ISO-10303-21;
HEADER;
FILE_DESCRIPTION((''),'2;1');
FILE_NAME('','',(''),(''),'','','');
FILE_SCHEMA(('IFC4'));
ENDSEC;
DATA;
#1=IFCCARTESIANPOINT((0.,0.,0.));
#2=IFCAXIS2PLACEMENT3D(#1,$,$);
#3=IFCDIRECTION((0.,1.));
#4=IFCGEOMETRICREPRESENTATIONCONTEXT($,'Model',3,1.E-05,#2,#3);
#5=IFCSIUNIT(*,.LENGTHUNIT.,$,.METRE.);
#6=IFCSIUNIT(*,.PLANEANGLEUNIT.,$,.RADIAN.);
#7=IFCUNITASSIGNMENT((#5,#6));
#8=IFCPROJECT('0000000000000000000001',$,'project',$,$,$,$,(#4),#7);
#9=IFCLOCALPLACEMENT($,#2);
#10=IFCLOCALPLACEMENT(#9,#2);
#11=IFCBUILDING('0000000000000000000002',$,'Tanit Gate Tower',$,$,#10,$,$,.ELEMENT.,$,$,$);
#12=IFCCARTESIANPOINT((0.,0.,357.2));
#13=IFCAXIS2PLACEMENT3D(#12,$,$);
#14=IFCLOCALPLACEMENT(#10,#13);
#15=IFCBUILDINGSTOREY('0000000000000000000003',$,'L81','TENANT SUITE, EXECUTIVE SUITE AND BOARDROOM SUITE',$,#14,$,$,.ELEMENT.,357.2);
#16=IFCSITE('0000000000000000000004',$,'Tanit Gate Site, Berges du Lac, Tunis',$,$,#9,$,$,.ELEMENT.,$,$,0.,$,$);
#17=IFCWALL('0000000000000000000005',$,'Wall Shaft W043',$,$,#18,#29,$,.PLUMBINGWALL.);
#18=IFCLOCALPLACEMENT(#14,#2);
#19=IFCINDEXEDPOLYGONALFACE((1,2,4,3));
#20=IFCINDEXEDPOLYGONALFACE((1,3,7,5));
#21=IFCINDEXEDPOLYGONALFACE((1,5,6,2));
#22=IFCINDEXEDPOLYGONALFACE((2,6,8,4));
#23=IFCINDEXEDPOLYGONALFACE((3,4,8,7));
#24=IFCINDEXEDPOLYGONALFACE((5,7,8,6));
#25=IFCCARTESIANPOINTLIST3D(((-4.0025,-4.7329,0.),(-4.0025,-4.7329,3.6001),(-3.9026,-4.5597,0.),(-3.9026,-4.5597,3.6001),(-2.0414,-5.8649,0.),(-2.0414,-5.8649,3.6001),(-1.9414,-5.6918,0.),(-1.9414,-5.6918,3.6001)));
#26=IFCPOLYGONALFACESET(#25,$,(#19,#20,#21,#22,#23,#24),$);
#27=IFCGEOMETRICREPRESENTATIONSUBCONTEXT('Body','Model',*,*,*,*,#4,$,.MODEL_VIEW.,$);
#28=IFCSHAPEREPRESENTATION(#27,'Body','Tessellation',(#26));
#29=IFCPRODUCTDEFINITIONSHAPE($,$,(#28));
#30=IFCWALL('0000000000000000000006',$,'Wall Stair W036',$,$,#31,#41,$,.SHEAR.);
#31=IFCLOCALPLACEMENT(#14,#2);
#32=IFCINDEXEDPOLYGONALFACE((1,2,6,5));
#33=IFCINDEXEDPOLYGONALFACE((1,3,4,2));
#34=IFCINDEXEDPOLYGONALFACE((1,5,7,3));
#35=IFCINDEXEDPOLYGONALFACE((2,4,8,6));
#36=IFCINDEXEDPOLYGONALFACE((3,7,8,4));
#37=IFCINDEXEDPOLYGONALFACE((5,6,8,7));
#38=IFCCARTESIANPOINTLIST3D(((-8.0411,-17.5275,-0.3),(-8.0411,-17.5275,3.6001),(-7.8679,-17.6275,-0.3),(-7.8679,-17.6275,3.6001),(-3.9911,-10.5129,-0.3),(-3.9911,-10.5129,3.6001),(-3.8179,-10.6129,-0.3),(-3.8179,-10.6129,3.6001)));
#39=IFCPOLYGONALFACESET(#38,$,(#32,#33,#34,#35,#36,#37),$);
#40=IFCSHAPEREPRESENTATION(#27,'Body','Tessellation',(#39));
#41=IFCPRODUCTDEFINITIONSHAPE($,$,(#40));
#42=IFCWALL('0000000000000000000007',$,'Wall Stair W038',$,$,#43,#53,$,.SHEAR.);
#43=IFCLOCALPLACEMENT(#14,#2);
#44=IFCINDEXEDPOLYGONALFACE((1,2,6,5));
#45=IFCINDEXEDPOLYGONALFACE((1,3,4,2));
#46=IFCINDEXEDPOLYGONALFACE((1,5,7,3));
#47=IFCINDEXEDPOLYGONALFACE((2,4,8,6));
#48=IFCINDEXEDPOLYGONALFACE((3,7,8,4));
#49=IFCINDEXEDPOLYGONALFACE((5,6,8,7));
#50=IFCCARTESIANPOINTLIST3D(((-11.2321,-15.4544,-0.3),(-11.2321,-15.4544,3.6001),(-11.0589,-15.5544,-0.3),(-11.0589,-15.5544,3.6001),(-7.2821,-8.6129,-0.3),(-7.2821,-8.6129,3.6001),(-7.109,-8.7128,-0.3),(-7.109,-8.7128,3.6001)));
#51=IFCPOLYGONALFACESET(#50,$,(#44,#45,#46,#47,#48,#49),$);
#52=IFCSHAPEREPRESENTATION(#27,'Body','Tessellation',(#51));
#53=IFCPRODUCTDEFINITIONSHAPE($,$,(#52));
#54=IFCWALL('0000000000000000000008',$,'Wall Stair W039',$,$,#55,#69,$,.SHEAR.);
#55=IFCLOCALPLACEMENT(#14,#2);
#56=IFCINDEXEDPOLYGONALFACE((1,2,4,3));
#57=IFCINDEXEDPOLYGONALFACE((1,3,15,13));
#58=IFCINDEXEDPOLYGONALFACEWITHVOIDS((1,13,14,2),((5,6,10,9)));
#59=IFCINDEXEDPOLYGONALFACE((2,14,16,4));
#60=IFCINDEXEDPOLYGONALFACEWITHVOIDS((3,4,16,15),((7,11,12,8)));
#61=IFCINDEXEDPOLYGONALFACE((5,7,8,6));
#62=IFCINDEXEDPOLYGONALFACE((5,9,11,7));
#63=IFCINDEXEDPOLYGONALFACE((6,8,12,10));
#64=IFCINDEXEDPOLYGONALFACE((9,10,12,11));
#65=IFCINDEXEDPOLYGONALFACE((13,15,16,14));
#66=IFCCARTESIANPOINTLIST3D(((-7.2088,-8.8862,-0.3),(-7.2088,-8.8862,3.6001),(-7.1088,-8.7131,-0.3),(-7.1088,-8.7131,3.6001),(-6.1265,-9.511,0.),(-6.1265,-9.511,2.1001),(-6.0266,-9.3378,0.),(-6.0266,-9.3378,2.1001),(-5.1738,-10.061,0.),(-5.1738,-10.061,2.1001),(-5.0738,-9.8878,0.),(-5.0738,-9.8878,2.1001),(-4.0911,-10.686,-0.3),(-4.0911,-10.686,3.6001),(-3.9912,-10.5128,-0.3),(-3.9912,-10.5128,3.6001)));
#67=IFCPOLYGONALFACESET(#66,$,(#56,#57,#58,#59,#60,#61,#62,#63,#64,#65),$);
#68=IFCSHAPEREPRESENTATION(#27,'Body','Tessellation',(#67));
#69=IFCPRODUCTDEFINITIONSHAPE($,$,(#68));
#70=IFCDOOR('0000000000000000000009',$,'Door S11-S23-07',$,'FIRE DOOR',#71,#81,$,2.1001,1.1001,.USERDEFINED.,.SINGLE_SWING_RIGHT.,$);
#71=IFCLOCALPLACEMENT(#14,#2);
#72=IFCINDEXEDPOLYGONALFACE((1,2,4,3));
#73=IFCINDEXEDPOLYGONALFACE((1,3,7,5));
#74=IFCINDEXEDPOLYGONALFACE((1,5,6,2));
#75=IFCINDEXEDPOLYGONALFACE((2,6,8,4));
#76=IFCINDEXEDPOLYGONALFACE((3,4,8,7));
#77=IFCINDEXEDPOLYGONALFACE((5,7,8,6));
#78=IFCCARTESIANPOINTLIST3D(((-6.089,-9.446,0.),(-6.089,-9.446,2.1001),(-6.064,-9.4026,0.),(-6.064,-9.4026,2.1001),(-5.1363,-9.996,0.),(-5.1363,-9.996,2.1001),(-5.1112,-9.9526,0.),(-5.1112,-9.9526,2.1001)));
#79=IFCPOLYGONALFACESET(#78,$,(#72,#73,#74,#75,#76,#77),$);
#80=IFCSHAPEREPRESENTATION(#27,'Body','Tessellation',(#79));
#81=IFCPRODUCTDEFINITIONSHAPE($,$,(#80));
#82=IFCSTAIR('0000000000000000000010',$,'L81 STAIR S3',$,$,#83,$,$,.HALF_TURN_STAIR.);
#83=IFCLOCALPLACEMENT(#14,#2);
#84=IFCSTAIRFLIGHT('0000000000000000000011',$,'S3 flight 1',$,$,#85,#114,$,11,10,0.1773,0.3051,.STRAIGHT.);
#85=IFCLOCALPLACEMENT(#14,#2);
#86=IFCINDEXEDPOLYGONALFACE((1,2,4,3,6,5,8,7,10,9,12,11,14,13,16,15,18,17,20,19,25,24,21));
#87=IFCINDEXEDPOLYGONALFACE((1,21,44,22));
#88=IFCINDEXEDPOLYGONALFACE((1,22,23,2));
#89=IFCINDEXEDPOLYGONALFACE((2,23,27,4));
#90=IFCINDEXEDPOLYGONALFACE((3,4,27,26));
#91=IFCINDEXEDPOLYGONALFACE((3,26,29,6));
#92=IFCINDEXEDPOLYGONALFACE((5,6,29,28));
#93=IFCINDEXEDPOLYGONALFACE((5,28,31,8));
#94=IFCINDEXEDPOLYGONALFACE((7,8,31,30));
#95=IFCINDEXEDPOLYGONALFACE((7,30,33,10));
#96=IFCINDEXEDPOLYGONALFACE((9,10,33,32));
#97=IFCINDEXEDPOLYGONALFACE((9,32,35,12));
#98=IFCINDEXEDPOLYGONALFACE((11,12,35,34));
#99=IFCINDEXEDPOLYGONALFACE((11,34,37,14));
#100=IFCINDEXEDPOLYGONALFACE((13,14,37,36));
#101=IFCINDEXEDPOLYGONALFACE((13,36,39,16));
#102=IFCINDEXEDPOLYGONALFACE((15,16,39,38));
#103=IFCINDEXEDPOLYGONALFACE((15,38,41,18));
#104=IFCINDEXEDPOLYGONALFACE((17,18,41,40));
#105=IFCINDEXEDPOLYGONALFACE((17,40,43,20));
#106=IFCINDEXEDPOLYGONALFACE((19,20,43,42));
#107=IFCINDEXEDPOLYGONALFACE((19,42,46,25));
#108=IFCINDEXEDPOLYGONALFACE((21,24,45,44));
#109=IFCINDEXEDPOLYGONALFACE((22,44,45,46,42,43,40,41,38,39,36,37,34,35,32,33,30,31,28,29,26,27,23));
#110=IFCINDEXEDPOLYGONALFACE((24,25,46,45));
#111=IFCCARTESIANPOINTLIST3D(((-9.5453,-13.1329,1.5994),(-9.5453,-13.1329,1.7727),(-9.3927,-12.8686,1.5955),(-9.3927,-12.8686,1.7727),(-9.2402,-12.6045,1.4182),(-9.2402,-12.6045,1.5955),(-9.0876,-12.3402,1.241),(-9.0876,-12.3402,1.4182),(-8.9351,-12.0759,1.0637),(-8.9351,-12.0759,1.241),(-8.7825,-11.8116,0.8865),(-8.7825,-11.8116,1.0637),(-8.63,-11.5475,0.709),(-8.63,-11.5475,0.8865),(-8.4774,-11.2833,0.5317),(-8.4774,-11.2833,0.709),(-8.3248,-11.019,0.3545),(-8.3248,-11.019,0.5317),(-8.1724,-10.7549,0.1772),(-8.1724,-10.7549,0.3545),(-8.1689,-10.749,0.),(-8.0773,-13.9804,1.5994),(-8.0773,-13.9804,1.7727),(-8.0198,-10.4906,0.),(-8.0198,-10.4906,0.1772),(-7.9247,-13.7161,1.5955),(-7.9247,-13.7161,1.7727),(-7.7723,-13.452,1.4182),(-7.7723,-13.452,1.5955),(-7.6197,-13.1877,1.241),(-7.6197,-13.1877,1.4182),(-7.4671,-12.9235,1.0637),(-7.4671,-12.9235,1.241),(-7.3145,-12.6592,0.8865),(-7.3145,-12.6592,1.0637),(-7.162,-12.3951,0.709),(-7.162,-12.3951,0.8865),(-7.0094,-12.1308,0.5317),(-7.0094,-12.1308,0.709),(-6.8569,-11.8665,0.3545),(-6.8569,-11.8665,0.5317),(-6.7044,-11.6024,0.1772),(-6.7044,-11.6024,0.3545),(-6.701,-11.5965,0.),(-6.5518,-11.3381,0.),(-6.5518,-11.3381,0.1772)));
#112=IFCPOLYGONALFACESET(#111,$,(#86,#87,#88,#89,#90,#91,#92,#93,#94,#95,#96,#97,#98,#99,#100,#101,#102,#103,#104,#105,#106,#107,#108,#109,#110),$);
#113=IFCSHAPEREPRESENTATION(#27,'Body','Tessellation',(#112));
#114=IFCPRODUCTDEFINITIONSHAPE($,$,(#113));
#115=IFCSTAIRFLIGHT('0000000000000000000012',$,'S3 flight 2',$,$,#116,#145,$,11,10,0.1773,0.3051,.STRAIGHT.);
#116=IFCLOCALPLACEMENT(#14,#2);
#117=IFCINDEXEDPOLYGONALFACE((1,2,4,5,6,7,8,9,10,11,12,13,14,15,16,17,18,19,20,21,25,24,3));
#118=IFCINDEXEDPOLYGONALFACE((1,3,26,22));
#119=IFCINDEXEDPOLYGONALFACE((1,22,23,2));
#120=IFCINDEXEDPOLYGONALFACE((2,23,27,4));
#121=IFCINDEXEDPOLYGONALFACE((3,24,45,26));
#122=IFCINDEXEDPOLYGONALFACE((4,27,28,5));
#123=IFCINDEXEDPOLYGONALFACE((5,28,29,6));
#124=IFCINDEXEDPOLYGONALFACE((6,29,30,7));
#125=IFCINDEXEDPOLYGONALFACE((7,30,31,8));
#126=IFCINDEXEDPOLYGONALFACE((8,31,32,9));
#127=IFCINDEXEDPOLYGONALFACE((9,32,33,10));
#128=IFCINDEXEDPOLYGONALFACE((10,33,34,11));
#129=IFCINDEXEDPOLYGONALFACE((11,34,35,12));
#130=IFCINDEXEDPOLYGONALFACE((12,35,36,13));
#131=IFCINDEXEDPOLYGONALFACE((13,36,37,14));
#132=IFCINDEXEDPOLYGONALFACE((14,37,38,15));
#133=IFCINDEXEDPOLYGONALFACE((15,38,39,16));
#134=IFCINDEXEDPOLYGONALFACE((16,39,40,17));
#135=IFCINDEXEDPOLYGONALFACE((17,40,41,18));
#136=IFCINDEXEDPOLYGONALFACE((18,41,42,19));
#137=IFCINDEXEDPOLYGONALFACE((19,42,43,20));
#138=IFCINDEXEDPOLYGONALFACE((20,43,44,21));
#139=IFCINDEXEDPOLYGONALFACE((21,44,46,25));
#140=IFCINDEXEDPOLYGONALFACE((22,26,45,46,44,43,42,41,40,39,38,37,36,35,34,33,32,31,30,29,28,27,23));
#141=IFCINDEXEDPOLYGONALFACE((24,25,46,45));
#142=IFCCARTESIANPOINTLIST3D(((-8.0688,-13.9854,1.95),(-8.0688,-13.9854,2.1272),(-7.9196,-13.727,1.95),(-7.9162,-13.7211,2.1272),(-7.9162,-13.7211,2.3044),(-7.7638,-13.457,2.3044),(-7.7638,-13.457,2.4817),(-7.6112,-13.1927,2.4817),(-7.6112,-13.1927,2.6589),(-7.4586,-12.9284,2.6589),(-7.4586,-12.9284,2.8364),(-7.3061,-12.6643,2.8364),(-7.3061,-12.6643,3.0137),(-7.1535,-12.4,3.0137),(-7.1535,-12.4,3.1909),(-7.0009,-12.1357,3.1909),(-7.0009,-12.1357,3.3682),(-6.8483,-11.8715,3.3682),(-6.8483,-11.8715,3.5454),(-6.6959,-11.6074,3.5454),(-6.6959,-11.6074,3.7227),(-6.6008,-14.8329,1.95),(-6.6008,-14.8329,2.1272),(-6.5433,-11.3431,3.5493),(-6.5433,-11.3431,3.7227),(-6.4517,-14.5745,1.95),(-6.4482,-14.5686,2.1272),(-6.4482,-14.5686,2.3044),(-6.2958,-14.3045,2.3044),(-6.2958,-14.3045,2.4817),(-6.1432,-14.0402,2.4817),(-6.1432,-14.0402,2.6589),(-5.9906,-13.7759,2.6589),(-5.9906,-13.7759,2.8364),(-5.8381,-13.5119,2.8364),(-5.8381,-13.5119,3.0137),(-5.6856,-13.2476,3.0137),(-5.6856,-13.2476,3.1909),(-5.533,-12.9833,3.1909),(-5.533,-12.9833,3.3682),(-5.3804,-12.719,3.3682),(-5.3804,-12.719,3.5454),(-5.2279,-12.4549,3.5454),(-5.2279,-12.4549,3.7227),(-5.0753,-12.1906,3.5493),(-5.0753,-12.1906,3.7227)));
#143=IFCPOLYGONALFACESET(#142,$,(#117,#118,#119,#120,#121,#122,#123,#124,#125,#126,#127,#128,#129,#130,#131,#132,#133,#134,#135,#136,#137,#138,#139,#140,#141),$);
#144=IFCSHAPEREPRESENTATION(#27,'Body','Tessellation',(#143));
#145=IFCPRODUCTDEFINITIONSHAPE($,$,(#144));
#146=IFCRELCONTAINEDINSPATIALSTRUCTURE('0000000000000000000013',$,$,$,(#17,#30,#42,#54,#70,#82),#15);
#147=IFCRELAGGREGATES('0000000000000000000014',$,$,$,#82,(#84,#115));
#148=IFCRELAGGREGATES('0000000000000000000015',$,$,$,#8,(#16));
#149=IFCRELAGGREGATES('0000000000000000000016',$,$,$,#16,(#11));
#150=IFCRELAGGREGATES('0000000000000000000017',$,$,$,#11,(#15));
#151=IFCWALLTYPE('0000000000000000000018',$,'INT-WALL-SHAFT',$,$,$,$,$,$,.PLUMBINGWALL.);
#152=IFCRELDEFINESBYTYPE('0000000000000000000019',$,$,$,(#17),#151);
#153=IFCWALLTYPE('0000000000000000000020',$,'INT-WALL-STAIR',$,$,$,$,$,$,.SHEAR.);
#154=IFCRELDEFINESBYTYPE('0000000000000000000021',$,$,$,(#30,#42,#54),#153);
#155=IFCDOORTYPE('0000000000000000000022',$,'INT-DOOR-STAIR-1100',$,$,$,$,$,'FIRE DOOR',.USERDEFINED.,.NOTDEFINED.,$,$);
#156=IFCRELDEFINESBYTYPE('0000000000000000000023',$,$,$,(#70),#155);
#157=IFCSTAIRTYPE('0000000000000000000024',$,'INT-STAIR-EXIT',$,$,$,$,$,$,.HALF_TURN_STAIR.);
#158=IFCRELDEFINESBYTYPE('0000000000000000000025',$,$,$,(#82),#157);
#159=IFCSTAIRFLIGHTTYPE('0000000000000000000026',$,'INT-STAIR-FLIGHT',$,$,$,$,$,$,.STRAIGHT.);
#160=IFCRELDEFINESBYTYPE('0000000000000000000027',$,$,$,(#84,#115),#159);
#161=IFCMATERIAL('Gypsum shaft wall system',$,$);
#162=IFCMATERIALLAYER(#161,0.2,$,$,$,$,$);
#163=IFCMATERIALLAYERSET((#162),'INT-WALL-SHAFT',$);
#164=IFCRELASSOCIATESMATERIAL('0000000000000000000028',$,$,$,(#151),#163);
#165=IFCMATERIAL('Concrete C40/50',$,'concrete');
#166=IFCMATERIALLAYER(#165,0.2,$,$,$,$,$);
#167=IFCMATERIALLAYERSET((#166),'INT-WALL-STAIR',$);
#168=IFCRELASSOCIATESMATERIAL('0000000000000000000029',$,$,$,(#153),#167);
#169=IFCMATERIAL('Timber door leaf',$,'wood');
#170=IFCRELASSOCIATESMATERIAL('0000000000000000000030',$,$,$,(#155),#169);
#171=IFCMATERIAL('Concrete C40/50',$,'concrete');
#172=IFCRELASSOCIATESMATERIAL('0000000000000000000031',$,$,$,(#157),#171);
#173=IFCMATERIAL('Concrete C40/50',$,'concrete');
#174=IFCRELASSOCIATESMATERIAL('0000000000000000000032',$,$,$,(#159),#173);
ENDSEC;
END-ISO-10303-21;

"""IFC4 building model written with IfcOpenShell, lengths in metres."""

from ifc_helpers import new_model, si_unit, direction, frame, frame_2d, origin, place, context, subcontext, project, spatial, polyline, rectangle, outline, extrude, material, layer, layer_set, type_object, element, fill, aggregate, save


model = new_model("IFC4")

# Units and contexts
model_context = context("Model", 3, precision=1e-05, world=origin(), true_north=direction((0.0, 1.0)))
body_context = subcontext(model_context, "Body", "Model", "MODEL_VIEW")
ifc_project = project(units=[si_unit("LENGTHUNIT", "METRE"), si_unit("PLANEANGLEUNIT", "RADIAN")], contexts=[model_context])

# Site, building, storey
site_placement = place(None, origin())
site = spatial("IfcSite", under=ifc_project, at=site_placement, Name="Tanit Gate Site, Berges du Lac, Tunis", CompositionType="ELEMENT", RefElevation=0.0)
building_placement = place(site_placement, origin())
building = spatial("IfcBuilding", under=site, at=building_placement, Name="Tanit Gate Tower", CompositionType="ELEMENT")
storey_placement = place(building_placement, frame((0.0, 0.0, 357.2)))
storey = spatial("IfcBuildingStorey", under=building, at=storey_placement, Name="L81", Description="TENANT SUITE, EXECUTIVE SUITE AND BOARDROOM SUITE", CompositionType="ELEMENT", Elevation=357.2)

# Shared definitions
ifc_material_1 = material(Name="Gypsum shaft wall system")
ifc_layer_1 = layer(ifc_material_1, 0.2)
ifc_layer_set_1 = layer_set([ifc_layer_1], Name="INT-WALL-SHAFT")
wall_type_1 = type_object("IfcWallType", Name="INT-WALL-SHAFT", PredefinedType="PLUMBINGWALL", material=ifc_layer_set_1)

# Walls
wall_1_placement = place(storey_placement, frame((-3.9526, -4.6462, 0.0), z_axis=(0.0, 0.0, 1.0), x_axis=(0.866065, -0.499931, 0.0)))
element("IfcWall", 1, at=wall_1_placement, inside=storey, type_object=wall_type_1, Name="Wall Shaft W043", PredefinedType="PLUMBINGWALL", context=body_context, shape_type="SweptSolid", body=[
    extrude(rectangle(XDim=2.2644, YDim=0.2, at=frame_2d((1.1323, 0.0))), origin(), (0.0, 0.0, 1.0), 3.6001),
])
ifc_material_2 = material(Name="Concrete C40/50", Category="concrete")
ifc_layer_2 = layer(ifc_material_2, 0.2)
ifc_layer_set_2 = layer_set([ifc_layer_2], Name="INT-WALL-STAIR")
wall_type_2 = type_object("IfcWallType", Name="INT-WALL-STAIR", PredefinedType="SHEAR", material=ifc_layer_set_2)
wall_2_placement = place(storey_placement, frame((-3.9045, -10.563, -0.3), z_axis=(0.0, 0.0, 1.0), x_axis=(-0.500013, -0.866018, 0.0)))
element("IfcWall", 2, at=wall_2_placement, inside=storey, type_object=wall_type_2, Name="Wall Stair W036", PredefinedType="SHEAR", context=body_context, shape_type="SweptSolid", body=[
    extrude(rectangle(XDim=8.0999, YDim=0.2, at=frame_2d((4.0498, 0.0))), origin(), (0.0, 0.0, 1.0), 3.9001),
])
wall_3_placement = place(storey_placement, frame((-7.1956, -8.6628, -0.3), z_axis=(0.0, 0.0, 1.0), x_axis=(-0.499998, -0.866027, 0.0)))
element("IfcWall", 3, at=wall_3_placement, inside=storey, type_object=wall_type_2, Name="Wall Stair W038", PredefinedType="SHEAR", context=body_context, shape_type="SweptSolid", body=[
    extrude(rectangle(XDim=7.8999, YDim=0.2, at=frame_2d((3.95, 0.0))), origin(), (0.0, 0.0, 1.0), 3.9001),
])

# Wall, opening, door
wall_4_placement = place(storey_placement, frame((-4.0413, -10.5994, -0.3), z_axis=(0.0, 0.0, 1.0), x_axis=(-0.866048, 0.499961, 0.0)))
wall_4 = element("IfcWall", 4, at=wall_4_placement, inside=storey, type_object=wall_type_2, Name="Wall Stair W039", PredefinedType="SHEAR", context=body_context, shape_type="SweptSolid", body=[
    extrude(rectangle(XDim=3.5999, YDim=0.2, at=frame_2d((1.7998, 0.0))), origin(), (0.0, 0.0, 1.0), 3.9001),
])
opening_1_placement = place(wall_4_placement, frame((1.25, 0.0, 0.3)))
opening_1 = element("IfcOpeningElement", 5, at=opening_1_placement, cuts=wall_4, PredefinedType="OPENING", context=body_context, shape_type="SweptSolid", body=[
    extrude(rectangle(XDim=1.1001, YDim=2.1001, at=frame_2d((0.55, 1.05))), frame((0.0, 0.1099, 0.0), z_axis=(0.0, -1.0, 0.0), x_axis=(1.0, 0.0, 0.0)), (0.0, 0.0, 1.0), 0.22),
])
ifc_material_3 = material(Name="Timber door leaf", Category="wood")
door_type_1 = type_object("IfcDoorType", Name="INT-DOOR-STAIR-1100", ElementType="FIRE DOOR", OperationType="NOTDEFINED", PredefinedType="USERDEFINED", material=ifc_material_3)
door_1_placement = place(opening_1_placement, origin())
door_1 = element("IfcDoor", 6, at=door_1_placement, inside=storey, type_object=door_type_1, Name="Door S11-S23-07", ObjectType="FIRE DOOR", OperationType="SINGLE_SWING_RIGHT", OverallHeight=2.1001, OverallWidth=1.1001, PredefinedType="USERDEFINED", context=body_context, shape_type="SweptSolid", body=[
    extrude(rectangle(XDim=1.1001, YDim=2.1001, at=frame_2d((0.55, 1.05))), frame((0.0, 0.0249, 0.0), z_axis=(0.0, -1.0, 0.0), x_axis=(1.0, 0.0, 0.0)), (0.0, 0.0, 1.0), 0.05),
])
fill(opening_1, door_1)

# Stair, stair flights
ifc_material_4 = material(Name="Concrete C40/50", Category="concrete")
stair_type = type_object("IfcStairType", Name="INT-STAIR-EXIT", PredefinedType="HALF_TURN_STAIR", material=ifc_material_4)
stair_placement = place(storey_placement, origin())
stair = element("IfcStair", 7, at=stair_placement, inside=storey, type_object=stair_type, Name="L81 STAIR S3", PredefinedType="HALF_TURN_STAIR")
ifc_material_5 = material(Name="Concrete C40/50", Category="concrete")
stair_flight_type = type_object("IfcStairFlightType", Name="INT-STAIR-FLIGHT", PredefinedType="STRAIGHT", material=ifc_material_5)
stair_flight_1_placement = place(storey_placement, frame((-7.2859, -10.9143, 0.0), z_axis=(0.0, 0.0, 1.0), x_axis=(-0.5, -0.866025, 0.0)))
stair_flight_1 = element("IfcStairFlight", 8, at=stair_flight_1_placement, type_object=stair_flight_type, Name="S3 flight 1", NumberOfRisers=11, NumberOfTreads=10, PredefinedType="STRAIGHT", RiserHeight=0.1773, TreadLength=0.3051, context=body_context, shape_type="SweptSolid", body=[
    extrude(outline(polyline([(0.0, 0.0), (0.0, 0.1772), (0.3052, 0.1772), (0.3052, 0.3545), (0.6101, 0.3545), (0.6101, 0.5317), (0.9153, 0.5317), (0.9153, 0.709), (1.2205, 0.709), (1.2205, 0.8865), (1.5254, 0.8865), (1.5254, 1.0637), (1.8306, 1.0637), (1.8306, 1.241), (2.1357, 1.241), (2.1357, 1.4182), (2.4409, 1.4182), (2.4409, 1.5955), (2.7458, 1.5955), (2.7458, 1.7727), (3.051, 1.7727), (3.051, 1.95), (3.051, 1.5994), (0.2983, 0.0), (0.0, 0.0)])), frame((0.0, 0.8477, 0.0), z_axis=(0.0, -1.0, 0.0), x_axis=(1.0, 0.0, 0.0)), (0.0, 0.0, 1.0), 1.6951),
])
stair_flight_2_placement = place(storey_placement, frame((-7.3347, -14.4092, 1.95), z_axis=(0.0, 0.0, 1.0), x_axis=(0.5, 0.866025, 0.0)))
stair_flight_2 = element("IfcStairFlight", 9, at=stair_flight_2_placement, type_object=stair_flight_type, Name="S3 flight 2", NumberOfRisers=11, NumberOfTreads=10, PredefinedType="STRAIGHT", RiserHeight=0.1773, TreadLength=0.3051, context=body_context, shape_type="SweptSolid", body=[
    extrude(outline(polyline([(0.0, 0.0), (0.0, 0.1772), (0.3052, 0.1772), (0.3052, 0.3545), (0.6101, 0.3545), (0.6101, 0.5317), (0.9153, 0.5317), (0.9153, 0.709), (1.2205, 0.709), (1.2205, 0.8865), (1.5254, 0.8865), (1.5254, 1.0637), (1.8306, 1.0637), (1.8306, 1.241), (2.1357, 1.241), (2.1357, 1.4182), (2.4409, 1.4182), (2.4409, 1.5955), (2.7458, 1.5955), (2.7458, 1.7727), (3.051, 1.7727), (3.051, 1.95), (3.051, 1.5994), (0.2983, 0.0), (0.0, 0.0)])), frame((0.0, 0.8477, 0.0), z_axis=(0.0, -1.0, 0.0), x_axis=(1.0, 0.0, 0.0)), (0.0, 0.0, 1.0), 1.6951),
])
aggregate(stair, [stair_flight_1, stair_flight_2])

save(model, "model.ifc")
